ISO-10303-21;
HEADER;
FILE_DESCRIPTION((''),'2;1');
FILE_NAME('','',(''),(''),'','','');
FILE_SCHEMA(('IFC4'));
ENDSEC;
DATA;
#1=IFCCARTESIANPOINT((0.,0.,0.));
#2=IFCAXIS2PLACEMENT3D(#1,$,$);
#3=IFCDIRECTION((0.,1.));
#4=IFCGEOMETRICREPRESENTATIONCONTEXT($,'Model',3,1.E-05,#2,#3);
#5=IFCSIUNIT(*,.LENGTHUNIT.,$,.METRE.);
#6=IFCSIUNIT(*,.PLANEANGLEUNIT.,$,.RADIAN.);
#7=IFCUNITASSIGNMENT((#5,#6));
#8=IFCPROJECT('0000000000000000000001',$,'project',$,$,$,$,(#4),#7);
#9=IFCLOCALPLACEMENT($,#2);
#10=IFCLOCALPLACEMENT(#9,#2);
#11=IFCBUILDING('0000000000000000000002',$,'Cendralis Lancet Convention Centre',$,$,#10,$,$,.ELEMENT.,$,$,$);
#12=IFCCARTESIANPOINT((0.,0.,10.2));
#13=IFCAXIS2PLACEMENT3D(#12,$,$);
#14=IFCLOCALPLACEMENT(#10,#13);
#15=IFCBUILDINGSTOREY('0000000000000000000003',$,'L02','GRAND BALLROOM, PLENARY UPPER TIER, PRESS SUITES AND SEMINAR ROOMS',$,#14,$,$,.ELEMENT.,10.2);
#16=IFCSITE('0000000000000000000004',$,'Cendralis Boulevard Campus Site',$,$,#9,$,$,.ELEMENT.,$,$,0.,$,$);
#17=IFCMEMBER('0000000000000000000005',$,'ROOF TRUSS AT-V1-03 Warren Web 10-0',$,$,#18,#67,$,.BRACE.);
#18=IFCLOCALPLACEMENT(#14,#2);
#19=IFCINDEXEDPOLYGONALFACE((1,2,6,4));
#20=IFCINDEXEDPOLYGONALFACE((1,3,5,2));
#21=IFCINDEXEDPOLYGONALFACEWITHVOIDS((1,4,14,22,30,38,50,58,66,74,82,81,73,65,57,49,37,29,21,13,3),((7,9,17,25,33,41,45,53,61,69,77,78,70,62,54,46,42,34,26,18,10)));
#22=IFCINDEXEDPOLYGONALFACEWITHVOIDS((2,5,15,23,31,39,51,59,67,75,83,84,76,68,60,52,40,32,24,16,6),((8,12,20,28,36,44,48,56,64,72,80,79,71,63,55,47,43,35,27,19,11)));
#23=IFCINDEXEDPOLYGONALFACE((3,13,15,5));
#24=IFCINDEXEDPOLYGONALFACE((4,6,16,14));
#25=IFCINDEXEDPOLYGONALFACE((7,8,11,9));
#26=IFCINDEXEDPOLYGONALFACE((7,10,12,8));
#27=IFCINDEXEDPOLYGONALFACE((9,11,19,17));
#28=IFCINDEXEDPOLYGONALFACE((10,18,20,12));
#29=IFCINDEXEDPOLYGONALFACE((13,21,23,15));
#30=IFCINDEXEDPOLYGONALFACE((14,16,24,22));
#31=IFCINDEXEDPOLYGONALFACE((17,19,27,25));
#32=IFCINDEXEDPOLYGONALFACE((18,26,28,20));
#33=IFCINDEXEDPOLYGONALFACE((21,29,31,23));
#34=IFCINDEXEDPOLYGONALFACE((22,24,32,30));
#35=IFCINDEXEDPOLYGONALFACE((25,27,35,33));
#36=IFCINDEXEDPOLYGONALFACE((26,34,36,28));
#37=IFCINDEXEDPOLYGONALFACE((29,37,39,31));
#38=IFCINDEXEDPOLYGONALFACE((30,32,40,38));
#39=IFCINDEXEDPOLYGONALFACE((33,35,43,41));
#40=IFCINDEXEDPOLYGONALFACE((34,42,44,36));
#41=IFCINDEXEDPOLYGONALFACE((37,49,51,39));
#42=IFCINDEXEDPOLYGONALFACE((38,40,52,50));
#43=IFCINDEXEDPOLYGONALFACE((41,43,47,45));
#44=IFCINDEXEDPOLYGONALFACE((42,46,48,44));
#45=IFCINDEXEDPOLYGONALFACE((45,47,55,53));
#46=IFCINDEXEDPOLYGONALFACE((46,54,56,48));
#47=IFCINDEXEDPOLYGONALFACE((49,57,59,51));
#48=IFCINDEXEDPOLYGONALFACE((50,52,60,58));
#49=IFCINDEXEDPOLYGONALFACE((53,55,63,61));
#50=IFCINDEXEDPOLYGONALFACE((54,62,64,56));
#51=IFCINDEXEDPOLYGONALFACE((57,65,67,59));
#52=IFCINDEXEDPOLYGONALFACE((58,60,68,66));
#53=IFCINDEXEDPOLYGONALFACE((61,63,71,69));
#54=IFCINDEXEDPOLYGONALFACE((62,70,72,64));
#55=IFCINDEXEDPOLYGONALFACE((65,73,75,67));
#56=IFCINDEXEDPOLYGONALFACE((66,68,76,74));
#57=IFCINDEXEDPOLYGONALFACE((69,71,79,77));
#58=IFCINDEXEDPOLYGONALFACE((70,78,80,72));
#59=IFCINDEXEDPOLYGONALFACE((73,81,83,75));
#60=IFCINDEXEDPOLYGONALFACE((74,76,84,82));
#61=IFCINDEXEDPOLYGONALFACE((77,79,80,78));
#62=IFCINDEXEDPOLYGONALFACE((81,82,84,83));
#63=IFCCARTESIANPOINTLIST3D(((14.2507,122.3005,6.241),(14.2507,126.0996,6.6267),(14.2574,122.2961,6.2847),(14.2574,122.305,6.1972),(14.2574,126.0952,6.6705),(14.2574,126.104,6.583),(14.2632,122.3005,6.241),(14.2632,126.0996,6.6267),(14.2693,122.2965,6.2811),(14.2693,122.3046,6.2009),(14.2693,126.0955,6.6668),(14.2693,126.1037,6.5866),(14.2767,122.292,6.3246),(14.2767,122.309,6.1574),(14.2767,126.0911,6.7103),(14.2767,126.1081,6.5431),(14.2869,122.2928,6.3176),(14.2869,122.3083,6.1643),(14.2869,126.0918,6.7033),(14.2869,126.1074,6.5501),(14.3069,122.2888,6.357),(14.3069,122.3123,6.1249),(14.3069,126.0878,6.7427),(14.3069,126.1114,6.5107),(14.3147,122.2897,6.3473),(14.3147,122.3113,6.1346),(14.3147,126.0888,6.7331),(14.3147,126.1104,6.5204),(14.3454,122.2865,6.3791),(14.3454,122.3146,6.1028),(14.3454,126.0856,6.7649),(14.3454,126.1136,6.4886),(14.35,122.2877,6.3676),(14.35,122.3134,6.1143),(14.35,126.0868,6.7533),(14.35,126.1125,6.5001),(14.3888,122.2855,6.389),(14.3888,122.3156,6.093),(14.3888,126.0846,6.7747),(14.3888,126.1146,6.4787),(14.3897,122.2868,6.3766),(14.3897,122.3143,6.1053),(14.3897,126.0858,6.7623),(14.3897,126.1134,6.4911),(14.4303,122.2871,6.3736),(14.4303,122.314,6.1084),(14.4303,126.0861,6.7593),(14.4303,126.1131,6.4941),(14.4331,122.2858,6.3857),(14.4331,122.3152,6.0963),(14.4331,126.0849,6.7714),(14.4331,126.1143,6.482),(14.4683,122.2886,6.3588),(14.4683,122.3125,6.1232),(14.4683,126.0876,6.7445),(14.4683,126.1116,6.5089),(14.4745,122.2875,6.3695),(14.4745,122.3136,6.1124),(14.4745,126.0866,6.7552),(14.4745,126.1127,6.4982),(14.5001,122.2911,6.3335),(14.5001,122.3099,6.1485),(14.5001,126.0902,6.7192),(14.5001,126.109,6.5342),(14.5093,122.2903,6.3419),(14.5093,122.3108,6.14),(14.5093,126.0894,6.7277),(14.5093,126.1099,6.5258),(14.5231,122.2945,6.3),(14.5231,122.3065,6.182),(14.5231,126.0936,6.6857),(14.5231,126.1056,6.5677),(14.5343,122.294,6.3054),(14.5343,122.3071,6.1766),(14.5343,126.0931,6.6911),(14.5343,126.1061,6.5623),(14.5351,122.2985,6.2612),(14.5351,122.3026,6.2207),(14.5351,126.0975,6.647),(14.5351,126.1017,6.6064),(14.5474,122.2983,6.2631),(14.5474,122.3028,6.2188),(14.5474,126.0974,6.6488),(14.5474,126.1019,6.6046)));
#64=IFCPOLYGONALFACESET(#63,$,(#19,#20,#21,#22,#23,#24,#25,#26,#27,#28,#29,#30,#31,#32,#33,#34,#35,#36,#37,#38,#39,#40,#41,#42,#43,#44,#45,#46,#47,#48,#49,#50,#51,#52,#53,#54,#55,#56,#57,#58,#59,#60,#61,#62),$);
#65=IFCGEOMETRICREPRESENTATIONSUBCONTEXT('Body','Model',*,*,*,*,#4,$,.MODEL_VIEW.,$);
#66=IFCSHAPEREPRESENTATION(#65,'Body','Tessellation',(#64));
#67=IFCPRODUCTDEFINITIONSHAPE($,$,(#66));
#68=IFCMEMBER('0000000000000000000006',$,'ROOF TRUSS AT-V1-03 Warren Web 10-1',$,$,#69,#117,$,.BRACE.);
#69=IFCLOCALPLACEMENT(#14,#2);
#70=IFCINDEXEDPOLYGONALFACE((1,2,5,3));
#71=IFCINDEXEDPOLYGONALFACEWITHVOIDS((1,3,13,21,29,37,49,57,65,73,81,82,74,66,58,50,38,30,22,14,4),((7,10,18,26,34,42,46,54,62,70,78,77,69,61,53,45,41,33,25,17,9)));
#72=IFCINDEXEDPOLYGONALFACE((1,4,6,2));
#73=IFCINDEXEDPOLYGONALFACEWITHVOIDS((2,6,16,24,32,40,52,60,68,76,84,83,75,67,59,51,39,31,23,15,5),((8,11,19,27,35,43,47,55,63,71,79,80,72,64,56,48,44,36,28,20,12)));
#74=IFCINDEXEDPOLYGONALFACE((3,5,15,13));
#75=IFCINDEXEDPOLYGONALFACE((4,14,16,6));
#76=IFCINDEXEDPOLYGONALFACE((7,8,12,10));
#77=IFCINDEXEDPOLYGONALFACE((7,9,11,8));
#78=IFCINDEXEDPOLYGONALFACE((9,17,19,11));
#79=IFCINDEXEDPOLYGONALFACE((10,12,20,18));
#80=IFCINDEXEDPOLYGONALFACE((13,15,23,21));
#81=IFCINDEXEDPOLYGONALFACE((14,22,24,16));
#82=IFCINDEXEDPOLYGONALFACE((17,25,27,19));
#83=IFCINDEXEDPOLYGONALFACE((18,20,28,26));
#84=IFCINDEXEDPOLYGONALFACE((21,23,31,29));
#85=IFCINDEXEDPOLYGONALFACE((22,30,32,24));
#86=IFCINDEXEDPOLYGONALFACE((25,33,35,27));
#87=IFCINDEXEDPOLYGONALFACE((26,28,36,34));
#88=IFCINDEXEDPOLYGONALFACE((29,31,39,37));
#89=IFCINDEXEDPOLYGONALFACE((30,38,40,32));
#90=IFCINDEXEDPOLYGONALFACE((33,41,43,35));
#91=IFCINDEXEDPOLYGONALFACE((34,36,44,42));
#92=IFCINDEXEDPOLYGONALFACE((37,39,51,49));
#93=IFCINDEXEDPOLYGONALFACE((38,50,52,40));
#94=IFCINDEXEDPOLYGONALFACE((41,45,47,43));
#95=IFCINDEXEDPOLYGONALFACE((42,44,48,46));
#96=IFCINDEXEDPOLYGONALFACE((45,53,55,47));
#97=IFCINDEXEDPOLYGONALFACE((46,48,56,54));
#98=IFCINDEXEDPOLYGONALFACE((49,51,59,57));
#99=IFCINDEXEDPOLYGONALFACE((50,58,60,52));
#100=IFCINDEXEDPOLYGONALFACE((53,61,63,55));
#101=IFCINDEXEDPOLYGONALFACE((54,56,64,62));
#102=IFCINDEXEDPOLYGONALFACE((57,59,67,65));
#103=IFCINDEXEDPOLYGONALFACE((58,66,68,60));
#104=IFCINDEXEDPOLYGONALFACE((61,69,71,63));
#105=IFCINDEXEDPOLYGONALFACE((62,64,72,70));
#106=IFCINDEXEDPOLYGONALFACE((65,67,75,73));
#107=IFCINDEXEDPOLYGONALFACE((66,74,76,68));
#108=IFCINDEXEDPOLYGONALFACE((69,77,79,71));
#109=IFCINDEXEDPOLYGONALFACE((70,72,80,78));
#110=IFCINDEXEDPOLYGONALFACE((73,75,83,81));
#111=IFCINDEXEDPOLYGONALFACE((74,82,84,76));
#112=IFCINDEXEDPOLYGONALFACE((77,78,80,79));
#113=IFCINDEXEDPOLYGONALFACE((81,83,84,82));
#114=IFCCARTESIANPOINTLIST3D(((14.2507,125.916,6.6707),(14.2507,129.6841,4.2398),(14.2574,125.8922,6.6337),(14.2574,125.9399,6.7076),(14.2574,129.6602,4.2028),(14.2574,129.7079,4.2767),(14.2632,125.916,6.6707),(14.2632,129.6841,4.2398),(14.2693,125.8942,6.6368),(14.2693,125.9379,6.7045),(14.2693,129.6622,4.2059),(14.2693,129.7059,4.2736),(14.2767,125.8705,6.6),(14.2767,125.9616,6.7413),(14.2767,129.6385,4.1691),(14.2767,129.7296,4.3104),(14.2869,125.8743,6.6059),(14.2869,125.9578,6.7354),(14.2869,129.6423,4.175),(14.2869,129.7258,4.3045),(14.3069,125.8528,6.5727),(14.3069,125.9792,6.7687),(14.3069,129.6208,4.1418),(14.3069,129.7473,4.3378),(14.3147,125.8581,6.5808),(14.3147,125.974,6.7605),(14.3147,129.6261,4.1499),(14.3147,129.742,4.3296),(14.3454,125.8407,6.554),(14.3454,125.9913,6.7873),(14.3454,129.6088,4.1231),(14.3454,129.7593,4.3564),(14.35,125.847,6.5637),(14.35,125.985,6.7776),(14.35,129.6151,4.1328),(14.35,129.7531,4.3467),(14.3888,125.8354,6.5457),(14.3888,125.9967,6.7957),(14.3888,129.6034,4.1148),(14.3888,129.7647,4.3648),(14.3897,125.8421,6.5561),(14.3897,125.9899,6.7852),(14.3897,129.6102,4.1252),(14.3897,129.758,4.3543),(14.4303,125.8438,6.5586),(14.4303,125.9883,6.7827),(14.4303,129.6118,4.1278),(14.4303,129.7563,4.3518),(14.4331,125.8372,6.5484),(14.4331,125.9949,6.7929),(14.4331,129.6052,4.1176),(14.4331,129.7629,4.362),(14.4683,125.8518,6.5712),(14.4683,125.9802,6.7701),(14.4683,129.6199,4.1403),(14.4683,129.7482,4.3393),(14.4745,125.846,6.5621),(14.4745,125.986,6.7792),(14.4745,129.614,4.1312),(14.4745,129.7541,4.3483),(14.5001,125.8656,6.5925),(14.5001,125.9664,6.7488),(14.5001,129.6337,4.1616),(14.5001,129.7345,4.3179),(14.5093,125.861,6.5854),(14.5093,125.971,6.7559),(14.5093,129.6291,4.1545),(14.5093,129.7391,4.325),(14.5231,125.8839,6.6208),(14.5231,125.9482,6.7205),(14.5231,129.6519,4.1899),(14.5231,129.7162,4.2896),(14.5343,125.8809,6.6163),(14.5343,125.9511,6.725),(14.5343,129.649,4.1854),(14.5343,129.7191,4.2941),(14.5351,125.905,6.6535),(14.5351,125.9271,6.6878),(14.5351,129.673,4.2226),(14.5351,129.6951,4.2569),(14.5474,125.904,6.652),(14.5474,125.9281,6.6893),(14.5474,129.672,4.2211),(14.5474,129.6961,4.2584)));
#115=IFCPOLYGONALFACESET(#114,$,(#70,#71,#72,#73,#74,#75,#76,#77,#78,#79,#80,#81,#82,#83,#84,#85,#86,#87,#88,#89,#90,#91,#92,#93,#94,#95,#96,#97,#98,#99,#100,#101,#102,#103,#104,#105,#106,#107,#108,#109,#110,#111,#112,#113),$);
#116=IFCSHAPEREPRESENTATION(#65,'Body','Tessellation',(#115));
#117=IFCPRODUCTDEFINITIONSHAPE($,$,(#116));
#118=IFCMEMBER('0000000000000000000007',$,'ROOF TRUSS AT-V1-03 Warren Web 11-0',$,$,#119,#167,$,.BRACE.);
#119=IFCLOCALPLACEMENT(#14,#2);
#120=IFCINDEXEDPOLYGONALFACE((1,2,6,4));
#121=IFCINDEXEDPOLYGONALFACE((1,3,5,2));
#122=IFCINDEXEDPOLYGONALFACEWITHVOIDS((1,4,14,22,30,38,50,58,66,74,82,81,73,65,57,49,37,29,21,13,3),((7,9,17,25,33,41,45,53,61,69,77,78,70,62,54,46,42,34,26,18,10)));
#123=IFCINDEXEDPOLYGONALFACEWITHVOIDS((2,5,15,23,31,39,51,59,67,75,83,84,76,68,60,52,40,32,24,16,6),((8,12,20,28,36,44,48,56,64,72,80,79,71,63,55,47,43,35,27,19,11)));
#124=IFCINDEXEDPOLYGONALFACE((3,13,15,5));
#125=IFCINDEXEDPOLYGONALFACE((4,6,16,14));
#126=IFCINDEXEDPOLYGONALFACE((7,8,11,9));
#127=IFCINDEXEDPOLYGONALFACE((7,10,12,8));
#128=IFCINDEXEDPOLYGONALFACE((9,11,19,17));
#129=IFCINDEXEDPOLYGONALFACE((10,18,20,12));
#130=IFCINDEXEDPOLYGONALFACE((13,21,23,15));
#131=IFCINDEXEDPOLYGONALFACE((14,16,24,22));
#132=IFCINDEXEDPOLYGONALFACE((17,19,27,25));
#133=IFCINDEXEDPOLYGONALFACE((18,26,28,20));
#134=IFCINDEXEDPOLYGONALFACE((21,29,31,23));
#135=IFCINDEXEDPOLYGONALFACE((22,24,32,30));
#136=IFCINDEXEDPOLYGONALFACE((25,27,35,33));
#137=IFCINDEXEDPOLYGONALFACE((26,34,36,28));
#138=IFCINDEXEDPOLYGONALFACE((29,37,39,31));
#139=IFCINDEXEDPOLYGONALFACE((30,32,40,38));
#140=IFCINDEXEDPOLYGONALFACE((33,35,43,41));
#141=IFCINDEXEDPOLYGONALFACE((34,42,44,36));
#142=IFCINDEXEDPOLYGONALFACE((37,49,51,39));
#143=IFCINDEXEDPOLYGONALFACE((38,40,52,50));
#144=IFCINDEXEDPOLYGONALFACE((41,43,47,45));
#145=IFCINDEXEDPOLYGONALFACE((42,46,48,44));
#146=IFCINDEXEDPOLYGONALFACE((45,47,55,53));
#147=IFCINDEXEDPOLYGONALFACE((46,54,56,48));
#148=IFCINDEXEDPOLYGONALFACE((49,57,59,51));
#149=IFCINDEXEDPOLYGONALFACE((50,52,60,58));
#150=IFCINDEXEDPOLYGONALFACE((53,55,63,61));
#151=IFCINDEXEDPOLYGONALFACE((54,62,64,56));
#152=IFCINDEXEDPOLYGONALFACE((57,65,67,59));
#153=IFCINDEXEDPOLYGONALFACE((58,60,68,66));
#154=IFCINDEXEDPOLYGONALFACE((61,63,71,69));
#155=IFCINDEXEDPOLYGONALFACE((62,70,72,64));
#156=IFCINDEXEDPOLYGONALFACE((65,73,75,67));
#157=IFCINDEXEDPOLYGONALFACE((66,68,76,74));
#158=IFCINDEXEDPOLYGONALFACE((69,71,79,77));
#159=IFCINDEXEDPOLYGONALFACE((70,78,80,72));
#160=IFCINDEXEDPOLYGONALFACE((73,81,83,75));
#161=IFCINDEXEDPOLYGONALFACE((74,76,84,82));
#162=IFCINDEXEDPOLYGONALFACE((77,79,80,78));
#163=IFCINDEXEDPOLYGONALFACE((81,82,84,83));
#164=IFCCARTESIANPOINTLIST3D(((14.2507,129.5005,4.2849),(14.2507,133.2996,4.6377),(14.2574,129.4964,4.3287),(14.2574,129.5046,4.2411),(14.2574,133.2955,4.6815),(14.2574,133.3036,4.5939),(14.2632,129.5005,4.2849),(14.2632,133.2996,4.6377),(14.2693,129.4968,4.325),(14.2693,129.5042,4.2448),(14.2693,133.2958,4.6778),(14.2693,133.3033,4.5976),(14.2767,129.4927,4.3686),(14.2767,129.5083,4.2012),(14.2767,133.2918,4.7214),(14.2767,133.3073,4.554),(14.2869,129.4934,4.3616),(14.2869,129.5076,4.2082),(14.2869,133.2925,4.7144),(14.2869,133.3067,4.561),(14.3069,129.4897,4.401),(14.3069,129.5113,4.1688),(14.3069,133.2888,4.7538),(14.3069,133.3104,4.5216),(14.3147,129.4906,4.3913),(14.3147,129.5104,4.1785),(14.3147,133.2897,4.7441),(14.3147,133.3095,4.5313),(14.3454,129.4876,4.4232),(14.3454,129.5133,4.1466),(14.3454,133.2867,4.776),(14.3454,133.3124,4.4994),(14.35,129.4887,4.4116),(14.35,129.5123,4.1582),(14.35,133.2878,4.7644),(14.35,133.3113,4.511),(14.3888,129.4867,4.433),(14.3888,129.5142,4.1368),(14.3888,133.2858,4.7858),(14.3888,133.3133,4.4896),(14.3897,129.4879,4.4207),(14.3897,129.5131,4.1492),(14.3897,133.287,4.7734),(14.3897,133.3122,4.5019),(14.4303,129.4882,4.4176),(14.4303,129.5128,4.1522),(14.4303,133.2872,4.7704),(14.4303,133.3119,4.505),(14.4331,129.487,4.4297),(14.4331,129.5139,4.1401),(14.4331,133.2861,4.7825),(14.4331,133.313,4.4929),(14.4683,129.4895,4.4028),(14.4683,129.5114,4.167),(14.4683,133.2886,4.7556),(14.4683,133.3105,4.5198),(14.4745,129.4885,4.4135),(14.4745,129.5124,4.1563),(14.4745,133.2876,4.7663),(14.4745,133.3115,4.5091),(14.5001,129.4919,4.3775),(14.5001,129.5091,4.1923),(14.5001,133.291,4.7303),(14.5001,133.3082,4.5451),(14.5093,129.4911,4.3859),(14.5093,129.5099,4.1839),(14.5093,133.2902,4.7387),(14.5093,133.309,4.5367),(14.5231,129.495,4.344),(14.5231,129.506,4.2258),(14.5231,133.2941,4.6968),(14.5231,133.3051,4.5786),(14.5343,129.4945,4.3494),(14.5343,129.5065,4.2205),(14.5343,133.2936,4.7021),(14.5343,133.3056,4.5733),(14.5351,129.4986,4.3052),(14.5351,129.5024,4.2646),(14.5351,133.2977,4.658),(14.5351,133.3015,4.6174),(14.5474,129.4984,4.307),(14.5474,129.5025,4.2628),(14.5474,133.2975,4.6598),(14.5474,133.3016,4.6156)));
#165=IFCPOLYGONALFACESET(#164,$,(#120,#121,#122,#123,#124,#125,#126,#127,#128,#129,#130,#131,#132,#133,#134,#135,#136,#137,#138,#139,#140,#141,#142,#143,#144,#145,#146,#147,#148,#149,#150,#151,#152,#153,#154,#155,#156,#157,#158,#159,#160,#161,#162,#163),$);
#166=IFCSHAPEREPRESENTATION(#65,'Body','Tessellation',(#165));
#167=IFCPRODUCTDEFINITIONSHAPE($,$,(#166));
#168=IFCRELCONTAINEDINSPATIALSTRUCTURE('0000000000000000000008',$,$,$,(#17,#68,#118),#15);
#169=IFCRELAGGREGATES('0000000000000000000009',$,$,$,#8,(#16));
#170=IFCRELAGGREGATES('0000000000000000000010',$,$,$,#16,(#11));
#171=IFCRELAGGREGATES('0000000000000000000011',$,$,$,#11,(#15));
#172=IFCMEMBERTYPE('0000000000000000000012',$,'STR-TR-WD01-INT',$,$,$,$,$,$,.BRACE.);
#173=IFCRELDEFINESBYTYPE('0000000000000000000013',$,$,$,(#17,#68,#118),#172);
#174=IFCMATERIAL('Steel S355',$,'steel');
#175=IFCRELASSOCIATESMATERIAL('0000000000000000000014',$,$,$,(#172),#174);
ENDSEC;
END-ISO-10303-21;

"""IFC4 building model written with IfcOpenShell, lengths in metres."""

from ifc_helpers import new_model, si_unit, direction, frame, origin, origin_2d, place, context, subcontext, project, spatial, hollow_circle, extrude, material, material_profile, profile_set, type_object, element, save


model = new_model("IFC4")

# Units and contexts
model_context = context("Model", 3, precision=1e-05, world=origin(), true_north=direction((0.0, 1.0)))
body_context = subcontext(model_context, "Body", "Model", "MODEL_VIEW")
ifc_project = project(units=[si_unit("LENGTHUNIT", "METRE"), si_unit("PLANEANGLEUNIT", "RADIAN")], contexts=[model_context])

# Site, building, storey
site_placement = place(None, origin())
site = spatial("IfcSite", under=ifc_project, at=site_placement, Name="Cendralis Boulevard Campus Site", CompositionType="ELEMENT", RefElevation=0.0)
building_placement = place(site_placement, origin())
building = spatial("IfcBuilding", under=site, at=building_placement, Name="Cendralis Lancet Convention Centre", CompositionType="ELEMENT")
storey_placement = place(building_placement, frame((0.0, 0.0, 10.2)))
storey = spatial("IfcBuildingStorey", under=building, at=storey_placement, Name="L02", Description="GRAND BALLROOM, PLENARY UPPER TIER, PRESS SUITES AND SEMINAR ROOMS", CompositionType="ELEMENT", Elevation=10.2)

# Members
ifc_material_1 = material(Name="Steel S355", Category="steel")
ifc_material_profile_1 = material_profile(ifc_material_1, hollow_circle(Radius=0.1492, WallThickness=0.0125, at=origin_2d()), Name="CHS 298.5x12.5")
ifc_profile_set_1 = profile_set([ifc_material_profile_1], Name="Steel S355")
member_type_1 = type_object("IfcMemberType", Name="STR-TR-WD01-INT", PredefinedType="BRACE", material=ifc_profile_set_1)
member_1_placement = place(storey_placement, frame((14.3999, 122.3005, 6.241), z_axis=(0.0, 0.994885, 0.101017), x_axis=(-1.0, 0.0, 0.0)))
element("IfcMember", 1, at=member_1_placement, inside=storey, type_object=member_type_1, Name="ROOF TRUSS AT-V1-03 Warren Web 10-0", PredefinedType="BRACE", context=body_context, shape_type="SweptSolid", body=[
    extrude(hollow_circle(Radius=0.1492, WallThickness=0.0125, at=origin_2d()), origin(), (0.0, 0.0, 1.0), 3.8186),
])
member_2_placement = place(storey_placement, frame((14.3999, 125.916, 6.6707), z_axis=(0.0, 0.840307, -0.542111), x_axis=(-1.0, 0.0, 0.0)))
element("IfcMember", 2, at=member_2_placement, inside=storey, type_object=member_type_1, Name="ROOF TRUSS AT-V1-03 Warren Web 10-1", PredefinedType="BRACE", context=body_context, shape_type="SweptSolid", body=[
    extrude(hollow_circle(Radius=0.1492, WallThickness=0.0125, at=origin_2d()), origin(), (0.0, 0.0, 1.0), 4.4841),
])
member_3_placement = place(storey_placement, frame((14.3999, 129.5005, 4.2849), z_axis=(0.0, 0.995716, 0.092463), x_axis=(-1.0, 0.0, 0.0)))
element("IfcMember", 3, at=member_3_placement, inside=storey, type_object=member_type_1, Name="ROOF TRUSS AT-V1-03 Warren Web 11-0", PredefinedType="BRACE", context=body_context, shape_type="SweptSolid", body=[
    extrude(hollow_circle(Radius=0.1492, WallThickness=0.0125, at=origin_2d()), origin(), (0.0, 0.0, 1.0), 3.8154),
])

save(model, "model.ifc")
